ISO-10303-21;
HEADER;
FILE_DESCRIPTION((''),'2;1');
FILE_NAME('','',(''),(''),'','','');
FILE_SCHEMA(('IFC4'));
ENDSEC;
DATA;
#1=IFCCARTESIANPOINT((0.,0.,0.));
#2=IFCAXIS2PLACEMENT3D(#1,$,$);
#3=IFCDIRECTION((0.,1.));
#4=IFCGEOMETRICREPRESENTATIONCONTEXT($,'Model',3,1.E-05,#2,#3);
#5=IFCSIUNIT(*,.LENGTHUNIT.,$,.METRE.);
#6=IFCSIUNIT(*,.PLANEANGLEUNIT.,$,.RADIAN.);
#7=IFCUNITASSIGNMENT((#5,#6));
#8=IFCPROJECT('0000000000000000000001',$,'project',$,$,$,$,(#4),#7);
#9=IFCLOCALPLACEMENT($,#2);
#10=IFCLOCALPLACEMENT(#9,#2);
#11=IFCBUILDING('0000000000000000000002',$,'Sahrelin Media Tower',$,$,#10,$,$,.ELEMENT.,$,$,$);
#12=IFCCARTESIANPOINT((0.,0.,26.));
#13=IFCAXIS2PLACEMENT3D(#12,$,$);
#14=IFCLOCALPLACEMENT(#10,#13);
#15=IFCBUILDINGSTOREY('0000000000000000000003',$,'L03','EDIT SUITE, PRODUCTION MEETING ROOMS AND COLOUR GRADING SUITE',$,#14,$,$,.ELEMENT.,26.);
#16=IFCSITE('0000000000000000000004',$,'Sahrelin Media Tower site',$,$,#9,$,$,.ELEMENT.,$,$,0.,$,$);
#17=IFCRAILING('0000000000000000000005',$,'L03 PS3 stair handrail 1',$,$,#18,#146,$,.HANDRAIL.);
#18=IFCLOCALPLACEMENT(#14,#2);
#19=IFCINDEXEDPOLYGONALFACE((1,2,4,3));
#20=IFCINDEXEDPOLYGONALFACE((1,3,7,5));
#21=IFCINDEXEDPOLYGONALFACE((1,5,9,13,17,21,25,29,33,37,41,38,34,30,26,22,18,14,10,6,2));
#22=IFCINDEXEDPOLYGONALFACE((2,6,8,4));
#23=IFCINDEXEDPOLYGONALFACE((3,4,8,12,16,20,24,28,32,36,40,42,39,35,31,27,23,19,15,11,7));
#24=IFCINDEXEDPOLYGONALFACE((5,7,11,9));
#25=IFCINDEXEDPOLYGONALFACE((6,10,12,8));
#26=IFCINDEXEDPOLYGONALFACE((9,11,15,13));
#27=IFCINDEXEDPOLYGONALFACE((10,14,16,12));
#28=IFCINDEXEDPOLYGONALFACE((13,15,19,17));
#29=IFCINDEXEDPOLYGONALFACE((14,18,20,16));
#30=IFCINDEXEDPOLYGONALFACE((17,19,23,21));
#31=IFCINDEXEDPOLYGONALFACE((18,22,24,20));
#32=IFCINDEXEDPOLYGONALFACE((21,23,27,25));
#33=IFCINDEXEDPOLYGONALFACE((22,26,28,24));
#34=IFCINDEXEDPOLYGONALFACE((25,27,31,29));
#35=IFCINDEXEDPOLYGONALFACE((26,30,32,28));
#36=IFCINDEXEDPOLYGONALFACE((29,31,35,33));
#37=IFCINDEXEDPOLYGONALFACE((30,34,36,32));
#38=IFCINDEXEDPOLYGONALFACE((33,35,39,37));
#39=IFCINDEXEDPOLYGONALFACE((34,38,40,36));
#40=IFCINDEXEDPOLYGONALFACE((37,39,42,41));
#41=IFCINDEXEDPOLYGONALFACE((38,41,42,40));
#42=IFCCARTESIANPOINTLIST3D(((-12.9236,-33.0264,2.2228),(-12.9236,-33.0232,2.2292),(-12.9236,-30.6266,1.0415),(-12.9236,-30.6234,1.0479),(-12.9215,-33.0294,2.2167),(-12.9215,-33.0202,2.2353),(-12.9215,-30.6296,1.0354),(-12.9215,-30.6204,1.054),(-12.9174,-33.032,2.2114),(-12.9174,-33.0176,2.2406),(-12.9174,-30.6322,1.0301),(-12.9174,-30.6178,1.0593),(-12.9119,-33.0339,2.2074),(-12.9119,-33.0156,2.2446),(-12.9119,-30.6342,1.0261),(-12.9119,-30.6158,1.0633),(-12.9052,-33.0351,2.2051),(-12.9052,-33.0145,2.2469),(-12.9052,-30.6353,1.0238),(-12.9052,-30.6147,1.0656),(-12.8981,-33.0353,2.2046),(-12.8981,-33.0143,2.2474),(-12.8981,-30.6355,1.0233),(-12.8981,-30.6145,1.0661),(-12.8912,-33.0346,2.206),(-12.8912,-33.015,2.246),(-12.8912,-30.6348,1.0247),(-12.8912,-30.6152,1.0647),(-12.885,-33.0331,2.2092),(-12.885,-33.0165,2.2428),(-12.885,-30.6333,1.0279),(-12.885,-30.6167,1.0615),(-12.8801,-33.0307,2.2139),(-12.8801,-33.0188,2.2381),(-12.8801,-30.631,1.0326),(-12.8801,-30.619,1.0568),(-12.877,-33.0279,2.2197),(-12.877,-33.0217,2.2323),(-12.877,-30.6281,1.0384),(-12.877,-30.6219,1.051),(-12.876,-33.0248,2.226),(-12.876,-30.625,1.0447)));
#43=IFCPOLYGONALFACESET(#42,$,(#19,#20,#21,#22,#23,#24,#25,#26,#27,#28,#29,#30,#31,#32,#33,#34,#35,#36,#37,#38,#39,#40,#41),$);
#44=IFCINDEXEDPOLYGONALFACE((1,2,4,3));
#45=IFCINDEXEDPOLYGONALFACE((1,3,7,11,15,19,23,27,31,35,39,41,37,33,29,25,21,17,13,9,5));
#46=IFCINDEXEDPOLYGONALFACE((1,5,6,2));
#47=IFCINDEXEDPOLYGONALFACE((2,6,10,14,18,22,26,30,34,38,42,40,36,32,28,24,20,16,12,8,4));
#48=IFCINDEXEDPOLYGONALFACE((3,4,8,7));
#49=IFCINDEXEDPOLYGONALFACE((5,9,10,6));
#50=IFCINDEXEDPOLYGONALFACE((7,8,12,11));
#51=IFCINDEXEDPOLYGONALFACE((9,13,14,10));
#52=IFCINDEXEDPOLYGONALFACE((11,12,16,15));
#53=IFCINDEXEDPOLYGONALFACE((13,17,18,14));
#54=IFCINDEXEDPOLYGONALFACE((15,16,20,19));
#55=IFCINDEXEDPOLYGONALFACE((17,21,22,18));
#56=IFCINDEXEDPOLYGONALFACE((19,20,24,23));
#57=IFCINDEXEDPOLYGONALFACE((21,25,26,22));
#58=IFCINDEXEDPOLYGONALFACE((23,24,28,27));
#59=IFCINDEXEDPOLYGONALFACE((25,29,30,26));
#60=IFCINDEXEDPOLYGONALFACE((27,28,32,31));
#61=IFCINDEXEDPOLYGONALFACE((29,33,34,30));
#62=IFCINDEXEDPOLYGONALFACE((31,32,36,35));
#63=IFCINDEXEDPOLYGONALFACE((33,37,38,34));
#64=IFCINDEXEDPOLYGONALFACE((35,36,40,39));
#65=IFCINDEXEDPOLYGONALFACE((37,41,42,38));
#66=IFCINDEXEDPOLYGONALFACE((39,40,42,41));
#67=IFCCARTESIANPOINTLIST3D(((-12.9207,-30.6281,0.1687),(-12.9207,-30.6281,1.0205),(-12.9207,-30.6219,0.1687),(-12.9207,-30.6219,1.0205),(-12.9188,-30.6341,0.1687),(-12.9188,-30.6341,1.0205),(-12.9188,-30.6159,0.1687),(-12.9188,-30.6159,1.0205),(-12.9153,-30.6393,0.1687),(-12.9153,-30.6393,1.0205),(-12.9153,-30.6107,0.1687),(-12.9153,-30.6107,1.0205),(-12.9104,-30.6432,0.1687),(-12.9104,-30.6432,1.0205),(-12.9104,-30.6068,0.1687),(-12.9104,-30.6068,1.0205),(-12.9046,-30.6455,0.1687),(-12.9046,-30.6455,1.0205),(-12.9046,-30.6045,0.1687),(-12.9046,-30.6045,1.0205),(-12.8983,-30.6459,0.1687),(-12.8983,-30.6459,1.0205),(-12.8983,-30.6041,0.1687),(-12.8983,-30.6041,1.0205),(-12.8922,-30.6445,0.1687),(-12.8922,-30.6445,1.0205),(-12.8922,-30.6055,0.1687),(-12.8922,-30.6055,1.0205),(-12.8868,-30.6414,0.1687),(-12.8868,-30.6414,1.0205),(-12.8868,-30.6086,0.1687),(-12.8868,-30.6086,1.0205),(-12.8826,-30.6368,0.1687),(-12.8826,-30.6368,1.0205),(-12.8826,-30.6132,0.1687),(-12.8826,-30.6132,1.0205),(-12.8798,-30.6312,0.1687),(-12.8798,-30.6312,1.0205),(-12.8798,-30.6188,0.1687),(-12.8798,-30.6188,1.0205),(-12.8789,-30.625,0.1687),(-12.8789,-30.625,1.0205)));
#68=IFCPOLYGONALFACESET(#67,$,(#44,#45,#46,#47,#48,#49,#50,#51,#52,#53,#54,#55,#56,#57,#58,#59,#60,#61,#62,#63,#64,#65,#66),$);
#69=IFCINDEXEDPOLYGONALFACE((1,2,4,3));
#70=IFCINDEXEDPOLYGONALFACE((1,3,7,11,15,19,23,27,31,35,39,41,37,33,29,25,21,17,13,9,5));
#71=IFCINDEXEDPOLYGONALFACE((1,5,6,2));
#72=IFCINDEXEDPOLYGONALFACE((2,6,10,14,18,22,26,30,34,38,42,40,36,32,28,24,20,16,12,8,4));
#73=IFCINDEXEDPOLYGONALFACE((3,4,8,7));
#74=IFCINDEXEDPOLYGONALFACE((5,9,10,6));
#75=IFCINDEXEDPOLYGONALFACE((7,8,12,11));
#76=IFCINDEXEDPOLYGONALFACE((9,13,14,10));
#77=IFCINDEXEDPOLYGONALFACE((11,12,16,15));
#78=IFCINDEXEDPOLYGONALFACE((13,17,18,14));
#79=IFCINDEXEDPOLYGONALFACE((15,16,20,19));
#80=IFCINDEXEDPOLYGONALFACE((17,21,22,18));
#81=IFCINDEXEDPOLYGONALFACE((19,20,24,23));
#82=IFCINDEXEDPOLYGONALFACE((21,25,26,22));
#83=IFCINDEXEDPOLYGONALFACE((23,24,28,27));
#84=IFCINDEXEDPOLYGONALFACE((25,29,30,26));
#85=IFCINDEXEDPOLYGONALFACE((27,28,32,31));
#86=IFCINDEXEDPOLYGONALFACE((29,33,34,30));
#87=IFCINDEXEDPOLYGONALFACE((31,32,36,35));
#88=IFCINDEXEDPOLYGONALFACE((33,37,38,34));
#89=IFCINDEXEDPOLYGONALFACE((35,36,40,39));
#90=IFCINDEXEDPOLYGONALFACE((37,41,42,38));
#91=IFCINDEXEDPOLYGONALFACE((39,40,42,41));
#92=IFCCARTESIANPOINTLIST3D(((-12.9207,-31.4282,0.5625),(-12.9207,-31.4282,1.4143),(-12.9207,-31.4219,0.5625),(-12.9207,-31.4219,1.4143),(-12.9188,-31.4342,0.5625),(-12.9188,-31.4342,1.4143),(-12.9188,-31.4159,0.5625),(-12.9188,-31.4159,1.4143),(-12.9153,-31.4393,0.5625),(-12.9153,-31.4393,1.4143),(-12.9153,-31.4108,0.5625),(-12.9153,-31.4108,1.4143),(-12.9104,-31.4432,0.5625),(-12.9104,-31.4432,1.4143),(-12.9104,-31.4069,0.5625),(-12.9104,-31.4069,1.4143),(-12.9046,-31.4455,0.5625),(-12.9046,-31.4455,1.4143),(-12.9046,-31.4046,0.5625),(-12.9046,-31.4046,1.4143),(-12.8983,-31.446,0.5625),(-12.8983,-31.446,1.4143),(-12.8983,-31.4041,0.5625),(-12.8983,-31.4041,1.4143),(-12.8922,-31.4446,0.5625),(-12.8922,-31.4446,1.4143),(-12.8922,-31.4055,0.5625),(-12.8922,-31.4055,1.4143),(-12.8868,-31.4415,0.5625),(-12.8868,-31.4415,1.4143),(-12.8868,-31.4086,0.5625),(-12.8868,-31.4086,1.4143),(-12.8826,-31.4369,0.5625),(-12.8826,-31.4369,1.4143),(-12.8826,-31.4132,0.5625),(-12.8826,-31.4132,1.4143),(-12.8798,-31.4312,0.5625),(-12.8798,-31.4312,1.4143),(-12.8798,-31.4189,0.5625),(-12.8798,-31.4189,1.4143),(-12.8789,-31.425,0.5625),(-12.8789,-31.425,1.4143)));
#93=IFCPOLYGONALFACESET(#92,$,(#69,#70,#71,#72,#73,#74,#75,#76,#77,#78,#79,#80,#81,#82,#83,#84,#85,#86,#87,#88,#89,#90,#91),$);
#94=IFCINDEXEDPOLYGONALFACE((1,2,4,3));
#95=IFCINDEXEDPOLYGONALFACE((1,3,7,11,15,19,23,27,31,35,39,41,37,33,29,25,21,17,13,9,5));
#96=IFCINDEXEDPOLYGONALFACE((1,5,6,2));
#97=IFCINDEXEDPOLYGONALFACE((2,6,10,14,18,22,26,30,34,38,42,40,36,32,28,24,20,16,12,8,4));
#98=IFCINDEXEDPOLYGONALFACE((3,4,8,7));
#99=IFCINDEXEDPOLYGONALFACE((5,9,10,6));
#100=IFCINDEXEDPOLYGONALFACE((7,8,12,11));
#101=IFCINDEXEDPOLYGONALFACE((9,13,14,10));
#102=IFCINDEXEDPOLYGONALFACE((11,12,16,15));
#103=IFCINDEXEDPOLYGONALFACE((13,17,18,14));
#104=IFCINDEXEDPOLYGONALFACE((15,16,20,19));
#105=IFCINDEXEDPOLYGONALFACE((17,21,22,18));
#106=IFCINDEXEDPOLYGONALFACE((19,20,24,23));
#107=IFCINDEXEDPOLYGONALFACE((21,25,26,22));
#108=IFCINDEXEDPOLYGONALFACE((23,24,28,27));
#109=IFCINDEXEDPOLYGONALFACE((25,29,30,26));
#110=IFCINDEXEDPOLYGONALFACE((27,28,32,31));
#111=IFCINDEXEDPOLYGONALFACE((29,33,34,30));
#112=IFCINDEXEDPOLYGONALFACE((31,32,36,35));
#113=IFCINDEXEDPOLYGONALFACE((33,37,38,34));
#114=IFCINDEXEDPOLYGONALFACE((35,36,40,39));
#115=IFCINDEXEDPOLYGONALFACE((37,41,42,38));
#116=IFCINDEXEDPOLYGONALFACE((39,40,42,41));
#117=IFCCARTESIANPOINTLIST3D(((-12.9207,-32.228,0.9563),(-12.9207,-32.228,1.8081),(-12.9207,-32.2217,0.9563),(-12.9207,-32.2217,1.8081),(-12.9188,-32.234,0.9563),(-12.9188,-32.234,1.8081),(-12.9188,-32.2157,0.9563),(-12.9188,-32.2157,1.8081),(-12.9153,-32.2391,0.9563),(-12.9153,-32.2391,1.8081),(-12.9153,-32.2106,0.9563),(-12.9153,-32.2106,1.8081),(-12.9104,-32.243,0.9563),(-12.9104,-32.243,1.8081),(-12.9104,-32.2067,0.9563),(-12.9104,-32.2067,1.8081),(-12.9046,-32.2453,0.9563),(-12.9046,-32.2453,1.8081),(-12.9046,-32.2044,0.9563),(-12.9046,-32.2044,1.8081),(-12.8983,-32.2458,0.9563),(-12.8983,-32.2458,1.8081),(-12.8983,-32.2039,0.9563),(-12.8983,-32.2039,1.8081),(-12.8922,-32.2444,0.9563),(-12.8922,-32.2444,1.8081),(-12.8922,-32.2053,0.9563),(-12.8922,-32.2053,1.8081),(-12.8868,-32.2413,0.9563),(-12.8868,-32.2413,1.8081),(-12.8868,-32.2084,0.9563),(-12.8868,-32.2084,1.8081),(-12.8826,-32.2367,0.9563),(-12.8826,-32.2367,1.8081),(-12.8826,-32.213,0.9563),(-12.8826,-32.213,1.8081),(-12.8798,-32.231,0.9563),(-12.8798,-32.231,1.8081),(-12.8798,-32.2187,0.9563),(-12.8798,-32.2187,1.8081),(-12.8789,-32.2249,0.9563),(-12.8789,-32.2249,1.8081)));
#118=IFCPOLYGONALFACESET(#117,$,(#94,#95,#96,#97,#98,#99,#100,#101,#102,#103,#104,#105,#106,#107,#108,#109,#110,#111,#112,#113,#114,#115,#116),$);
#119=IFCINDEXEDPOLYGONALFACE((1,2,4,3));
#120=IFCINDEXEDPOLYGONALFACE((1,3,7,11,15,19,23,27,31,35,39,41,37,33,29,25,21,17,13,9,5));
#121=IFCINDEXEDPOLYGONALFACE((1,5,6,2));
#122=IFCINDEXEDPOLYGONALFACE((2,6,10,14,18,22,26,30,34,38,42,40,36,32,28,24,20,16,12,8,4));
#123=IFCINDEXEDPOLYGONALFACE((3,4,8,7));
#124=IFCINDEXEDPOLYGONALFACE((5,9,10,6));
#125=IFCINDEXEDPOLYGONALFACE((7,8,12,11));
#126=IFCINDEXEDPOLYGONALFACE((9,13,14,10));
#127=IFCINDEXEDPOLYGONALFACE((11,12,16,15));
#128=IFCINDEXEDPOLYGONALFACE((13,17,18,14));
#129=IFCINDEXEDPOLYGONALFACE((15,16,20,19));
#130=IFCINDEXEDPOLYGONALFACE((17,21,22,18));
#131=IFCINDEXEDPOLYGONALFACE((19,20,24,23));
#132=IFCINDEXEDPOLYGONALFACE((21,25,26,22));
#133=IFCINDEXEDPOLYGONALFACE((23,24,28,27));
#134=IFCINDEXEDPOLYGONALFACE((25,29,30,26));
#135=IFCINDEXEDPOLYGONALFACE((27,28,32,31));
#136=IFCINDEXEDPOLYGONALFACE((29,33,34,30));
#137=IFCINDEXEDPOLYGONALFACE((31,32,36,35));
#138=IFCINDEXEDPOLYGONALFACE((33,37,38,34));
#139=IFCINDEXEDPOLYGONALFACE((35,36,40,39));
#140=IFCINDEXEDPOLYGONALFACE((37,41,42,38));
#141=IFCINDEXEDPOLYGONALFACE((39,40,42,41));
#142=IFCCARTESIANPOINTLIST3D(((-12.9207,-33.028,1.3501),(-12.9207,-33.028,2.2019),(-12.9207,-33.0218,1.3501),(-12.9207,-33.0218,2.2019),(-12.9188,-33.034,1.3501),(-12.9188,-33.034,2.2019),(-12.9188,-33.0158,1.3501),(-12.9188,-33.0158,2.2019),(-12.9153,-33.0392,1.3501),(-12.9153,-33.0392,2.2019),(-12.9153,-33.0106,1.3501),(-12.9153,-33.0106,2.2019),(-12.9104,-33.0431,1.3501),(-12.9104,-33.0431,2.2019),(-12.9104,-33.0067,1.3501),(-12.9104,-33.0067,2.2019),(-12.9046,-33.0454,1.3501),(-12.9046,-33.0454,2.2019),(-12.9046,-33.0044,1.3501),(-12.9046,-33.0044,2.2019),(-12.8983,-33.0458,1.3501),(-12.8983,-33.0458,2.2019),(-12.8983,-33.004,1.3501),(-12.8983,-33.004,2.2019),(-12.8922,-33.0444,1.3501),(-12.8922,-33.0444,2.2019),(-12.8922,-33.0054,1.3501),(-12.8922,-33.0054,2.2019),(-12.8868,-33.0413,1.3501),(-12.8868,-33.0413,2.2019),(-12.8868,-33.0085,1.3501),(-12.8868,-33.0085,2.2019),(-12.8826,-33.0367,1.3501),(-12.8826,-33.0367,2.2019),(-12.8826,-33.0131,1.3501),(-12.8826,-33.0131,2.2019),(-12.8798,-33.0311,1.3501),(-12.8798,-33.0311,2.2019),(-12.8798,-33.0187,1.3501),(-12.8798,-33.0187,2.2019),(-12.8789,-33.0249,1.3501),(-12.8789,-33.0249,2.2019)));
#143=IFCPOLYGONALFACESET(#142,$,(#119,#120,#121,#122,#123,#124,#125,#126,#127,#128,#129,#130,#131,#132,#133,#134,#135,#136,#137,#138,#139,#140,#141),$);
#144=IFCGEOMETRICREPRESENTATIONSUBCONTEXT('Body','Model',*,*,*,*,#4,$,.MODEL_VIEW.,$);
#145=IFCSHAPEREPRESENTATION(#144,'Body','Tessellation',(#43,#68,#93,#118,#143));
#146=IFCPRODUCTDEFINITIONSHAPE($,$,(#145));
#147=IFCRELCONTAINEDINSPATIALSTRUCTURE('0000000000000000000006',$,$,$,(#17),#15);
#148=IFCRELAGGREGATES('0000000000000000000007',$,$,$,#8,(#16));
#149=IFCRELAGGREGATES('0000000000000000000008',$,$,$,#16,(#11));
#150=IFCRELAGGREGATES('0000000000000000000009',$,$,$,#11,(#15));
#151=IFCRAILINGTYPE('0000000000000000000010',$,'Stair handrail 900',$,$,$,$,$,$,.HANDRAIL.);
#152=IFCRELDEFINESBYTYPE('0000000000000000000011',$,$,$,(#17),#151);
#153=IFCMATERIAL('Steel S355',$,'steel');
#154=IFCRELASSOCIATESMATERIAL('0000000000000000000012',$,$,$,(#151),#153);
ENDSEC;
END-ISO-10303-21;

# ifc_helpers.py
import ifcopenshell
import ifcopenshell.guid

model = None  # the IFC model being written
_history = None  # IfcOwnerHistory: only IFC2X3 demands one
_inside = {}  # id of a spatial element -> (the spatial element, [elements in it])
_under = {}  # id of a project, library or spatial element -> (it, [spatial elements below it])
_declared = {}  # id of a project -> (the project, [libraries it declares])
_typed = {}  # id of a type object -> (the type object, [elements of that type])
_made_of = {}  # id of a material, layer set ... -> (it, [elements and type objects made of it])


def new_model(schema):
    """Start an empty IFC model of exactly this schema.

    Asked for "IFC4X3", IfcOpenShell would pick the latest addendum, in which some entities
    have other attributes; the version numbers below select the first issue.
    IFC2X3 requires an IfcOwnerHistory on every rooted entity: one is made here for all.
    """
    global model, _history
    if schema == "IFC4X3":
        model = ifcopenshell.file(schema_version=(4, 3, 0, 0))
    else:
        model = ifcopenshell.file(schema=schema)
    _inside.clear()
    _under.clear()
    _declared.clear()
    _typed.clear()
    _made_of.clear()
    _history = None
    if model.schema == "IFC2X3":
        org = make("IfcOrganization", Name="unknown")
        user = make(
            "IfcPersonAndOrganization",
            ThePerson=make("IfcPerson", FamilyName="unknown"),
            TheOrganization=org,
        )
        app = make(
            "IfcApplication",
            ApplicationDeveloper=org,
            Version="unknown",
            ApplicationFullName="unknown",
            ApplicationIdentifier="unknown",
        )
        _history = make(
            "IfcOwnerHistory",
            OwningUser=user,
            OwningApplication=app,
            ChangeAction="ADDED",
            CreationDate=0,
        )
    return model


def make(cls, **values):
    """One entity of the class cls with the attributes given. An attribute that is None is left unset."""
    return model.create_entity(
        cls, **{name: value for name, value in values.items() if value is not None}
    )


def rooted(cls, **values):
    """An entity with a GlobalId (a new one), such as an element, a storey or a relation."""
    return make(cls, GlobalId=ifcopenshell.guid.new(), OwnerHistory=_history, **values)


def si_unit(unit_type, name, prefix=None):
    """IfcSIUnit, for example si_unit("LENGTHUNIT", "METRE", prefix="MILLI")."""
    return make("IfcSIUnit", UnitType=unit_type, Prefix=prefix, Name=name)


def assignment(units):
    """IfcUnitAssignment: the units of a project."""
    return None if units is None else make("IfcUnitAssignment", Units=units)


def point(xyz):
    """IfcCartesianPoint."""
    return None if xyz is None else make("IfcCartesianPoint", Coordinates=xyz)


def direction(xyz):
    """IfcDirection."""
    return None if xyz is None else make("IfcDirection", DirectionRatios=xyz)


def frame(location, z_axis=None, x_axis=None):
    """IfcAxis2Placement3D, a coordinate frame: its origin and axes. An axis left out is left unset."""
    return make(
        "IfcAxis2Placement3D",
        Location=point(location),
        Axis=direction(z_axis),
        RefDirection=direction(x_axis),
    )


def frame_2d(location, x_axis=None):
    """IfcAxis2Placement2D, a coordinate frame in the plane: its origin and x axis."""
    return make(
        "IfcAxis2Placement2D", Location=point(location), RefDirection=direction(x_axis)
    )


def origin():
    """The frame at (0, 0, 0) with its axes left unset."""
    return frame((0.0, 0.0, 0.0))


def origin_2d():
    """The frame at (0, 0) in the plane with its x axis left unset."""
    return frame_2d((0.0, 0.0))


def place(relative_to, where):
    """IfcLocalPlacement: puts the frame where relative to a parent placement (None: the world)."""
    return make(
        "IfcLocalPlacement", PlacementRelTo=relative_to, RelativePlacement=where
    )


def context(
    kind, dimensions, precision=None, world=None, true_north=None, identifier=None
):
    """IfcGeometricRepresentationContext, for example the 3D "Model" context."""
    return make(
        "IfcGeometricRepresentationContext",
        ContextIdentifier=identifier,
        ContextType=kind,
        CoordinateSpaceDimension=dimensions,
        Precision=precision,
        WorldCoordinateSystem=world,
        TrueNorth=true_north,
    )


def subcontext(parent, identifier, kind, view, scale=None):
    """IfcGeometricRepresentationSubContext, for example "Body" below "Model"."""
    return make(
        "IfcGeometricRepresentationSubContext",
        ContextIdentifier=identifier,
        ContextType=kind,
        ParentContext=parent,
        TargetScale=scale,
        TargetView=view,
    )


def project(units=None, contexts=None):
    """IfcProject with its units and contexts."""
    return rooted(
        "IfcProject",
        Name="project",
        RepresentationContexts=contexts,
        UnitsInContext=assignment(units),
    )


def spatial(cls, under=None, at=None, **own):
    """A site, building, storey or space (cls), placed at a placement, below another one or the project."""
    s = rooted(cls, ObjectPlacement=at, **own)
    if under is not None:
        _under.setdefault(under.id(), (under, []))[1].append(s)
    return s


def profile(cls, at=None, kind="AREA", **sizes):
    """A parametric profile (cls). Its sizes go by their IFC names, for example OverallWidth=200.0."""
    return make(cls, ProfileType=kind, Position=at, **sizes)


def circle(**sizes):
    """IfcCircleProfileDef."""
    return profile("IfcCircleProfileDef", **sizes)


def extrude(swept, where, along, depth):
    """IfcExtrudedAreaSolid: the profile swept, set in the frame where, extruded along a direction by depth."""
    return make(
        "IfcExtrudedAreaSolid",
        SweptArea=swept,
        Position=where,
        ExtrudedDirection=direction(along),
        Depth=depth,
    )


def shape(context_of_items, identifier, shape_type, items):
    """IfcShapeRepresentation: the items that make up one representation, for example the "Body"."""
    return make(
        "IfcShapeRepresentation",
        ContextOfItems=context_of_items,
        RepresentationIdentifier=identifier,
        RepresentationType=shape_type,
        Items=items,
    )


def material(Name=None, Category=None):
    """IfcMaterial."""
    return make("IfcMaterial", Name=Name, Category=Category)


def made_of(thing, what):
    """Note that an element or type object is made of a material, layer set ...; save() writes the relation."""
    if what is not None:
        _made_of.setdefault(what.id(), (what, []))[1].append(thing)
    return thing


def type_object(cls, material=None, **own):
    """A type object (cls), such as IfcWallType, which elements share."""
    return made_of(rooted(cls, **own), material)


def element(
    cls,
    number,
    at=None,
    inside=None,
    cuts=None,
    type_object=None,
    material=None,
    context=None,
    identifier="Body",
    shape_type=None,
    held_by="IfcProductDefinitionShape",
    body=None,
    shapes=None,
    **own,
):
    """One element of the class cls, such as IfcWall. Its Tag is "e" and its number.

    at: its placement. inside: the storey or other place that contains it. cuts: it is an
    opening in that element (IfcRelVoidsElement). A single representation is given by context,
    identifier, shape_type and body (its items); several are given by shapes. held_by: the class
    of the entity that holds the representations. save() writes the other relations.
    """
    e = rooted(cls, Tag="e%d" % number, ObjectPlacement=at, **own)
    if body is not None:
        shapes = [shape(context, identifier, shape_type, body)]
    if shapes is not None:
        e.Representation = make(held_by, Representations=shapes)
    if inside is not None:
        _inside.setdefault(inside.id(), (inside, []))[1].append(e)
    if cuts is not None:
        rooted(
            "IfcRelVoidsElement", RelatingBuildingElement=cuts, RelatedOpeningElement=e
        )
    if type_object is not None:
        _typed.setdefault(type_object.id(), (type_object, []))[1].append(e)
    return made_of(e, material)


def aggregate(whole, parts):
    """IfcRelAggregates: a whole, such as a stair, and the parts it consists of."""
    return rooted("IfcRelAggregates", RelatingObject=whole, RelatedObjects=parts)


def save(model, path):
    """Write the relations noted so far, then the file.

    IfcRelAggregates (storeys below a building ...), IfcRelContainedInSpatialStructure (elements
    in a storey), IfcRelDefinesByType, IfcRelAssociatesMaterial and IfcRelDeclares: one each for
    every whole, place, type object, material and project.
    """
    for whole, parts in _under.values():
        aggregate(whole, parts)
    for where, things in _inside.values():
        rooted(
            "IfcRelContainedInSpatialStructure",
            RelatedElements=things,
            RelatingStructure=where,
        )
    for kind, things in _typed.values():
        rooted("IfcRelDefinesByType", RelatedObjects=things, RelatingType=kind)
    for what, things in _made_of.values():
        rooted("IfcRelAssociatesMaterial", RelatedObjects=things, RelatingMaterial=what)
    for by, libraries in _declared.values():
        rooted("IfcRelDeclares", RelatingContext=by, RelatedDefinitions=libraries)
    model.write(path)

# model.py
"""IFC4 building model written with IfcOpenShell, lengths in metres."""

from ifc_helpers import new_model, si_unit, direction, frame, origin, origin_2d, place, context, subcontext, project, spatial, circle, extrude, material, type_object, element, save


model = new_model("IFC4")

# Units and contexts
model_context = context("Model", 3, precision=1e-05, world=origin(), true_north=direction((0.0, 1.0)))
body_context = subcontext(model_context, "Body", "Model", "MODEL_VIEW")
ifc_project = project(units=[si_unit("LENGTHUNIT", "METRE"), si_unit("PLANEANGLEUNIT", "RADIAN")], contexts=[model_context])

# Site, building, storey
site_placement = place(None, origin())
site = spatial("IfcSite", under=ifc_project, at=site_placement, Name="Sahrelin Media Tower site", CompositionType="ELEMENT", RefElevation=0.0)
building_placement = place(site_placement, origin())
building = spatial("IfcBuilding", under=site, at=building_placement, Name="Sahrelin Media Tower", CompositionType="ELEMENT")
storey_placement = place(building_placement, frame((0.0, 0.0, 26.0)))
storey = spatial("IfcBuildingStorey", under=building, at=storey_placement, Name="L03", Description="EDIT SUITE, PRODUCTION MEETING ROOMS AND COLOUR GRADING SUITE", CompositionType="ELEMENT", Elevation=26.0)

# Shared definitions
ifc_material_1 = material(Name="Steel S355", Category="steel")

# Railing
railing_type_1 = type_object("IfcRailingType", Name="Stair handrail 900", PredefinedType="HANDRAIL", material=ifc_material_1)
for number, where, name in (
    (1, (-12.8999, -30.625, 0.1687), "L03 PS3 stair handrail 1"),
):
    element("IfcRailing", number, at=place(storey_placement, frame(where)), inside=storey, type_object=railing_type_1, Name=name, PredefinedType="HANDRAIL", context=body_context, shape_type="SweptSolid", body=[
        extrude(circle(Radius=0.0239, at=origin_2d()), frame((0.0, 0.0, 0.876), z_axis=(0.0, -0.897185, 0.441656), x_axis=(1.0, 0.0, 0.0)), (0.0, 0.0, 1.0), 2.6748),
        extrude(circle(Radius=0.021, at=origin_2d()), origin(), (0.0, 0.0, 1.0), 0.8518),
        extrude(circle(Radius=0.021, at=origin_2d()), frame((0.0, -0.8, 0.3938)), (0.0, 0.0, 1.0), 0.8518),
        extrude(circle(Radius=0.021, at=origin_2d()), frame((0.0, -1.5999, 0.7876)), (0.0, 0.0, 1.0), 0.8518),
        extrude(circle(Radius=0.021, at=origin_2d()), frame((0.0, -2.3999, 1.1814)), (0.0, 0.0, 1.0), 0.8518),
    ])

save(model, "model.ifc")
